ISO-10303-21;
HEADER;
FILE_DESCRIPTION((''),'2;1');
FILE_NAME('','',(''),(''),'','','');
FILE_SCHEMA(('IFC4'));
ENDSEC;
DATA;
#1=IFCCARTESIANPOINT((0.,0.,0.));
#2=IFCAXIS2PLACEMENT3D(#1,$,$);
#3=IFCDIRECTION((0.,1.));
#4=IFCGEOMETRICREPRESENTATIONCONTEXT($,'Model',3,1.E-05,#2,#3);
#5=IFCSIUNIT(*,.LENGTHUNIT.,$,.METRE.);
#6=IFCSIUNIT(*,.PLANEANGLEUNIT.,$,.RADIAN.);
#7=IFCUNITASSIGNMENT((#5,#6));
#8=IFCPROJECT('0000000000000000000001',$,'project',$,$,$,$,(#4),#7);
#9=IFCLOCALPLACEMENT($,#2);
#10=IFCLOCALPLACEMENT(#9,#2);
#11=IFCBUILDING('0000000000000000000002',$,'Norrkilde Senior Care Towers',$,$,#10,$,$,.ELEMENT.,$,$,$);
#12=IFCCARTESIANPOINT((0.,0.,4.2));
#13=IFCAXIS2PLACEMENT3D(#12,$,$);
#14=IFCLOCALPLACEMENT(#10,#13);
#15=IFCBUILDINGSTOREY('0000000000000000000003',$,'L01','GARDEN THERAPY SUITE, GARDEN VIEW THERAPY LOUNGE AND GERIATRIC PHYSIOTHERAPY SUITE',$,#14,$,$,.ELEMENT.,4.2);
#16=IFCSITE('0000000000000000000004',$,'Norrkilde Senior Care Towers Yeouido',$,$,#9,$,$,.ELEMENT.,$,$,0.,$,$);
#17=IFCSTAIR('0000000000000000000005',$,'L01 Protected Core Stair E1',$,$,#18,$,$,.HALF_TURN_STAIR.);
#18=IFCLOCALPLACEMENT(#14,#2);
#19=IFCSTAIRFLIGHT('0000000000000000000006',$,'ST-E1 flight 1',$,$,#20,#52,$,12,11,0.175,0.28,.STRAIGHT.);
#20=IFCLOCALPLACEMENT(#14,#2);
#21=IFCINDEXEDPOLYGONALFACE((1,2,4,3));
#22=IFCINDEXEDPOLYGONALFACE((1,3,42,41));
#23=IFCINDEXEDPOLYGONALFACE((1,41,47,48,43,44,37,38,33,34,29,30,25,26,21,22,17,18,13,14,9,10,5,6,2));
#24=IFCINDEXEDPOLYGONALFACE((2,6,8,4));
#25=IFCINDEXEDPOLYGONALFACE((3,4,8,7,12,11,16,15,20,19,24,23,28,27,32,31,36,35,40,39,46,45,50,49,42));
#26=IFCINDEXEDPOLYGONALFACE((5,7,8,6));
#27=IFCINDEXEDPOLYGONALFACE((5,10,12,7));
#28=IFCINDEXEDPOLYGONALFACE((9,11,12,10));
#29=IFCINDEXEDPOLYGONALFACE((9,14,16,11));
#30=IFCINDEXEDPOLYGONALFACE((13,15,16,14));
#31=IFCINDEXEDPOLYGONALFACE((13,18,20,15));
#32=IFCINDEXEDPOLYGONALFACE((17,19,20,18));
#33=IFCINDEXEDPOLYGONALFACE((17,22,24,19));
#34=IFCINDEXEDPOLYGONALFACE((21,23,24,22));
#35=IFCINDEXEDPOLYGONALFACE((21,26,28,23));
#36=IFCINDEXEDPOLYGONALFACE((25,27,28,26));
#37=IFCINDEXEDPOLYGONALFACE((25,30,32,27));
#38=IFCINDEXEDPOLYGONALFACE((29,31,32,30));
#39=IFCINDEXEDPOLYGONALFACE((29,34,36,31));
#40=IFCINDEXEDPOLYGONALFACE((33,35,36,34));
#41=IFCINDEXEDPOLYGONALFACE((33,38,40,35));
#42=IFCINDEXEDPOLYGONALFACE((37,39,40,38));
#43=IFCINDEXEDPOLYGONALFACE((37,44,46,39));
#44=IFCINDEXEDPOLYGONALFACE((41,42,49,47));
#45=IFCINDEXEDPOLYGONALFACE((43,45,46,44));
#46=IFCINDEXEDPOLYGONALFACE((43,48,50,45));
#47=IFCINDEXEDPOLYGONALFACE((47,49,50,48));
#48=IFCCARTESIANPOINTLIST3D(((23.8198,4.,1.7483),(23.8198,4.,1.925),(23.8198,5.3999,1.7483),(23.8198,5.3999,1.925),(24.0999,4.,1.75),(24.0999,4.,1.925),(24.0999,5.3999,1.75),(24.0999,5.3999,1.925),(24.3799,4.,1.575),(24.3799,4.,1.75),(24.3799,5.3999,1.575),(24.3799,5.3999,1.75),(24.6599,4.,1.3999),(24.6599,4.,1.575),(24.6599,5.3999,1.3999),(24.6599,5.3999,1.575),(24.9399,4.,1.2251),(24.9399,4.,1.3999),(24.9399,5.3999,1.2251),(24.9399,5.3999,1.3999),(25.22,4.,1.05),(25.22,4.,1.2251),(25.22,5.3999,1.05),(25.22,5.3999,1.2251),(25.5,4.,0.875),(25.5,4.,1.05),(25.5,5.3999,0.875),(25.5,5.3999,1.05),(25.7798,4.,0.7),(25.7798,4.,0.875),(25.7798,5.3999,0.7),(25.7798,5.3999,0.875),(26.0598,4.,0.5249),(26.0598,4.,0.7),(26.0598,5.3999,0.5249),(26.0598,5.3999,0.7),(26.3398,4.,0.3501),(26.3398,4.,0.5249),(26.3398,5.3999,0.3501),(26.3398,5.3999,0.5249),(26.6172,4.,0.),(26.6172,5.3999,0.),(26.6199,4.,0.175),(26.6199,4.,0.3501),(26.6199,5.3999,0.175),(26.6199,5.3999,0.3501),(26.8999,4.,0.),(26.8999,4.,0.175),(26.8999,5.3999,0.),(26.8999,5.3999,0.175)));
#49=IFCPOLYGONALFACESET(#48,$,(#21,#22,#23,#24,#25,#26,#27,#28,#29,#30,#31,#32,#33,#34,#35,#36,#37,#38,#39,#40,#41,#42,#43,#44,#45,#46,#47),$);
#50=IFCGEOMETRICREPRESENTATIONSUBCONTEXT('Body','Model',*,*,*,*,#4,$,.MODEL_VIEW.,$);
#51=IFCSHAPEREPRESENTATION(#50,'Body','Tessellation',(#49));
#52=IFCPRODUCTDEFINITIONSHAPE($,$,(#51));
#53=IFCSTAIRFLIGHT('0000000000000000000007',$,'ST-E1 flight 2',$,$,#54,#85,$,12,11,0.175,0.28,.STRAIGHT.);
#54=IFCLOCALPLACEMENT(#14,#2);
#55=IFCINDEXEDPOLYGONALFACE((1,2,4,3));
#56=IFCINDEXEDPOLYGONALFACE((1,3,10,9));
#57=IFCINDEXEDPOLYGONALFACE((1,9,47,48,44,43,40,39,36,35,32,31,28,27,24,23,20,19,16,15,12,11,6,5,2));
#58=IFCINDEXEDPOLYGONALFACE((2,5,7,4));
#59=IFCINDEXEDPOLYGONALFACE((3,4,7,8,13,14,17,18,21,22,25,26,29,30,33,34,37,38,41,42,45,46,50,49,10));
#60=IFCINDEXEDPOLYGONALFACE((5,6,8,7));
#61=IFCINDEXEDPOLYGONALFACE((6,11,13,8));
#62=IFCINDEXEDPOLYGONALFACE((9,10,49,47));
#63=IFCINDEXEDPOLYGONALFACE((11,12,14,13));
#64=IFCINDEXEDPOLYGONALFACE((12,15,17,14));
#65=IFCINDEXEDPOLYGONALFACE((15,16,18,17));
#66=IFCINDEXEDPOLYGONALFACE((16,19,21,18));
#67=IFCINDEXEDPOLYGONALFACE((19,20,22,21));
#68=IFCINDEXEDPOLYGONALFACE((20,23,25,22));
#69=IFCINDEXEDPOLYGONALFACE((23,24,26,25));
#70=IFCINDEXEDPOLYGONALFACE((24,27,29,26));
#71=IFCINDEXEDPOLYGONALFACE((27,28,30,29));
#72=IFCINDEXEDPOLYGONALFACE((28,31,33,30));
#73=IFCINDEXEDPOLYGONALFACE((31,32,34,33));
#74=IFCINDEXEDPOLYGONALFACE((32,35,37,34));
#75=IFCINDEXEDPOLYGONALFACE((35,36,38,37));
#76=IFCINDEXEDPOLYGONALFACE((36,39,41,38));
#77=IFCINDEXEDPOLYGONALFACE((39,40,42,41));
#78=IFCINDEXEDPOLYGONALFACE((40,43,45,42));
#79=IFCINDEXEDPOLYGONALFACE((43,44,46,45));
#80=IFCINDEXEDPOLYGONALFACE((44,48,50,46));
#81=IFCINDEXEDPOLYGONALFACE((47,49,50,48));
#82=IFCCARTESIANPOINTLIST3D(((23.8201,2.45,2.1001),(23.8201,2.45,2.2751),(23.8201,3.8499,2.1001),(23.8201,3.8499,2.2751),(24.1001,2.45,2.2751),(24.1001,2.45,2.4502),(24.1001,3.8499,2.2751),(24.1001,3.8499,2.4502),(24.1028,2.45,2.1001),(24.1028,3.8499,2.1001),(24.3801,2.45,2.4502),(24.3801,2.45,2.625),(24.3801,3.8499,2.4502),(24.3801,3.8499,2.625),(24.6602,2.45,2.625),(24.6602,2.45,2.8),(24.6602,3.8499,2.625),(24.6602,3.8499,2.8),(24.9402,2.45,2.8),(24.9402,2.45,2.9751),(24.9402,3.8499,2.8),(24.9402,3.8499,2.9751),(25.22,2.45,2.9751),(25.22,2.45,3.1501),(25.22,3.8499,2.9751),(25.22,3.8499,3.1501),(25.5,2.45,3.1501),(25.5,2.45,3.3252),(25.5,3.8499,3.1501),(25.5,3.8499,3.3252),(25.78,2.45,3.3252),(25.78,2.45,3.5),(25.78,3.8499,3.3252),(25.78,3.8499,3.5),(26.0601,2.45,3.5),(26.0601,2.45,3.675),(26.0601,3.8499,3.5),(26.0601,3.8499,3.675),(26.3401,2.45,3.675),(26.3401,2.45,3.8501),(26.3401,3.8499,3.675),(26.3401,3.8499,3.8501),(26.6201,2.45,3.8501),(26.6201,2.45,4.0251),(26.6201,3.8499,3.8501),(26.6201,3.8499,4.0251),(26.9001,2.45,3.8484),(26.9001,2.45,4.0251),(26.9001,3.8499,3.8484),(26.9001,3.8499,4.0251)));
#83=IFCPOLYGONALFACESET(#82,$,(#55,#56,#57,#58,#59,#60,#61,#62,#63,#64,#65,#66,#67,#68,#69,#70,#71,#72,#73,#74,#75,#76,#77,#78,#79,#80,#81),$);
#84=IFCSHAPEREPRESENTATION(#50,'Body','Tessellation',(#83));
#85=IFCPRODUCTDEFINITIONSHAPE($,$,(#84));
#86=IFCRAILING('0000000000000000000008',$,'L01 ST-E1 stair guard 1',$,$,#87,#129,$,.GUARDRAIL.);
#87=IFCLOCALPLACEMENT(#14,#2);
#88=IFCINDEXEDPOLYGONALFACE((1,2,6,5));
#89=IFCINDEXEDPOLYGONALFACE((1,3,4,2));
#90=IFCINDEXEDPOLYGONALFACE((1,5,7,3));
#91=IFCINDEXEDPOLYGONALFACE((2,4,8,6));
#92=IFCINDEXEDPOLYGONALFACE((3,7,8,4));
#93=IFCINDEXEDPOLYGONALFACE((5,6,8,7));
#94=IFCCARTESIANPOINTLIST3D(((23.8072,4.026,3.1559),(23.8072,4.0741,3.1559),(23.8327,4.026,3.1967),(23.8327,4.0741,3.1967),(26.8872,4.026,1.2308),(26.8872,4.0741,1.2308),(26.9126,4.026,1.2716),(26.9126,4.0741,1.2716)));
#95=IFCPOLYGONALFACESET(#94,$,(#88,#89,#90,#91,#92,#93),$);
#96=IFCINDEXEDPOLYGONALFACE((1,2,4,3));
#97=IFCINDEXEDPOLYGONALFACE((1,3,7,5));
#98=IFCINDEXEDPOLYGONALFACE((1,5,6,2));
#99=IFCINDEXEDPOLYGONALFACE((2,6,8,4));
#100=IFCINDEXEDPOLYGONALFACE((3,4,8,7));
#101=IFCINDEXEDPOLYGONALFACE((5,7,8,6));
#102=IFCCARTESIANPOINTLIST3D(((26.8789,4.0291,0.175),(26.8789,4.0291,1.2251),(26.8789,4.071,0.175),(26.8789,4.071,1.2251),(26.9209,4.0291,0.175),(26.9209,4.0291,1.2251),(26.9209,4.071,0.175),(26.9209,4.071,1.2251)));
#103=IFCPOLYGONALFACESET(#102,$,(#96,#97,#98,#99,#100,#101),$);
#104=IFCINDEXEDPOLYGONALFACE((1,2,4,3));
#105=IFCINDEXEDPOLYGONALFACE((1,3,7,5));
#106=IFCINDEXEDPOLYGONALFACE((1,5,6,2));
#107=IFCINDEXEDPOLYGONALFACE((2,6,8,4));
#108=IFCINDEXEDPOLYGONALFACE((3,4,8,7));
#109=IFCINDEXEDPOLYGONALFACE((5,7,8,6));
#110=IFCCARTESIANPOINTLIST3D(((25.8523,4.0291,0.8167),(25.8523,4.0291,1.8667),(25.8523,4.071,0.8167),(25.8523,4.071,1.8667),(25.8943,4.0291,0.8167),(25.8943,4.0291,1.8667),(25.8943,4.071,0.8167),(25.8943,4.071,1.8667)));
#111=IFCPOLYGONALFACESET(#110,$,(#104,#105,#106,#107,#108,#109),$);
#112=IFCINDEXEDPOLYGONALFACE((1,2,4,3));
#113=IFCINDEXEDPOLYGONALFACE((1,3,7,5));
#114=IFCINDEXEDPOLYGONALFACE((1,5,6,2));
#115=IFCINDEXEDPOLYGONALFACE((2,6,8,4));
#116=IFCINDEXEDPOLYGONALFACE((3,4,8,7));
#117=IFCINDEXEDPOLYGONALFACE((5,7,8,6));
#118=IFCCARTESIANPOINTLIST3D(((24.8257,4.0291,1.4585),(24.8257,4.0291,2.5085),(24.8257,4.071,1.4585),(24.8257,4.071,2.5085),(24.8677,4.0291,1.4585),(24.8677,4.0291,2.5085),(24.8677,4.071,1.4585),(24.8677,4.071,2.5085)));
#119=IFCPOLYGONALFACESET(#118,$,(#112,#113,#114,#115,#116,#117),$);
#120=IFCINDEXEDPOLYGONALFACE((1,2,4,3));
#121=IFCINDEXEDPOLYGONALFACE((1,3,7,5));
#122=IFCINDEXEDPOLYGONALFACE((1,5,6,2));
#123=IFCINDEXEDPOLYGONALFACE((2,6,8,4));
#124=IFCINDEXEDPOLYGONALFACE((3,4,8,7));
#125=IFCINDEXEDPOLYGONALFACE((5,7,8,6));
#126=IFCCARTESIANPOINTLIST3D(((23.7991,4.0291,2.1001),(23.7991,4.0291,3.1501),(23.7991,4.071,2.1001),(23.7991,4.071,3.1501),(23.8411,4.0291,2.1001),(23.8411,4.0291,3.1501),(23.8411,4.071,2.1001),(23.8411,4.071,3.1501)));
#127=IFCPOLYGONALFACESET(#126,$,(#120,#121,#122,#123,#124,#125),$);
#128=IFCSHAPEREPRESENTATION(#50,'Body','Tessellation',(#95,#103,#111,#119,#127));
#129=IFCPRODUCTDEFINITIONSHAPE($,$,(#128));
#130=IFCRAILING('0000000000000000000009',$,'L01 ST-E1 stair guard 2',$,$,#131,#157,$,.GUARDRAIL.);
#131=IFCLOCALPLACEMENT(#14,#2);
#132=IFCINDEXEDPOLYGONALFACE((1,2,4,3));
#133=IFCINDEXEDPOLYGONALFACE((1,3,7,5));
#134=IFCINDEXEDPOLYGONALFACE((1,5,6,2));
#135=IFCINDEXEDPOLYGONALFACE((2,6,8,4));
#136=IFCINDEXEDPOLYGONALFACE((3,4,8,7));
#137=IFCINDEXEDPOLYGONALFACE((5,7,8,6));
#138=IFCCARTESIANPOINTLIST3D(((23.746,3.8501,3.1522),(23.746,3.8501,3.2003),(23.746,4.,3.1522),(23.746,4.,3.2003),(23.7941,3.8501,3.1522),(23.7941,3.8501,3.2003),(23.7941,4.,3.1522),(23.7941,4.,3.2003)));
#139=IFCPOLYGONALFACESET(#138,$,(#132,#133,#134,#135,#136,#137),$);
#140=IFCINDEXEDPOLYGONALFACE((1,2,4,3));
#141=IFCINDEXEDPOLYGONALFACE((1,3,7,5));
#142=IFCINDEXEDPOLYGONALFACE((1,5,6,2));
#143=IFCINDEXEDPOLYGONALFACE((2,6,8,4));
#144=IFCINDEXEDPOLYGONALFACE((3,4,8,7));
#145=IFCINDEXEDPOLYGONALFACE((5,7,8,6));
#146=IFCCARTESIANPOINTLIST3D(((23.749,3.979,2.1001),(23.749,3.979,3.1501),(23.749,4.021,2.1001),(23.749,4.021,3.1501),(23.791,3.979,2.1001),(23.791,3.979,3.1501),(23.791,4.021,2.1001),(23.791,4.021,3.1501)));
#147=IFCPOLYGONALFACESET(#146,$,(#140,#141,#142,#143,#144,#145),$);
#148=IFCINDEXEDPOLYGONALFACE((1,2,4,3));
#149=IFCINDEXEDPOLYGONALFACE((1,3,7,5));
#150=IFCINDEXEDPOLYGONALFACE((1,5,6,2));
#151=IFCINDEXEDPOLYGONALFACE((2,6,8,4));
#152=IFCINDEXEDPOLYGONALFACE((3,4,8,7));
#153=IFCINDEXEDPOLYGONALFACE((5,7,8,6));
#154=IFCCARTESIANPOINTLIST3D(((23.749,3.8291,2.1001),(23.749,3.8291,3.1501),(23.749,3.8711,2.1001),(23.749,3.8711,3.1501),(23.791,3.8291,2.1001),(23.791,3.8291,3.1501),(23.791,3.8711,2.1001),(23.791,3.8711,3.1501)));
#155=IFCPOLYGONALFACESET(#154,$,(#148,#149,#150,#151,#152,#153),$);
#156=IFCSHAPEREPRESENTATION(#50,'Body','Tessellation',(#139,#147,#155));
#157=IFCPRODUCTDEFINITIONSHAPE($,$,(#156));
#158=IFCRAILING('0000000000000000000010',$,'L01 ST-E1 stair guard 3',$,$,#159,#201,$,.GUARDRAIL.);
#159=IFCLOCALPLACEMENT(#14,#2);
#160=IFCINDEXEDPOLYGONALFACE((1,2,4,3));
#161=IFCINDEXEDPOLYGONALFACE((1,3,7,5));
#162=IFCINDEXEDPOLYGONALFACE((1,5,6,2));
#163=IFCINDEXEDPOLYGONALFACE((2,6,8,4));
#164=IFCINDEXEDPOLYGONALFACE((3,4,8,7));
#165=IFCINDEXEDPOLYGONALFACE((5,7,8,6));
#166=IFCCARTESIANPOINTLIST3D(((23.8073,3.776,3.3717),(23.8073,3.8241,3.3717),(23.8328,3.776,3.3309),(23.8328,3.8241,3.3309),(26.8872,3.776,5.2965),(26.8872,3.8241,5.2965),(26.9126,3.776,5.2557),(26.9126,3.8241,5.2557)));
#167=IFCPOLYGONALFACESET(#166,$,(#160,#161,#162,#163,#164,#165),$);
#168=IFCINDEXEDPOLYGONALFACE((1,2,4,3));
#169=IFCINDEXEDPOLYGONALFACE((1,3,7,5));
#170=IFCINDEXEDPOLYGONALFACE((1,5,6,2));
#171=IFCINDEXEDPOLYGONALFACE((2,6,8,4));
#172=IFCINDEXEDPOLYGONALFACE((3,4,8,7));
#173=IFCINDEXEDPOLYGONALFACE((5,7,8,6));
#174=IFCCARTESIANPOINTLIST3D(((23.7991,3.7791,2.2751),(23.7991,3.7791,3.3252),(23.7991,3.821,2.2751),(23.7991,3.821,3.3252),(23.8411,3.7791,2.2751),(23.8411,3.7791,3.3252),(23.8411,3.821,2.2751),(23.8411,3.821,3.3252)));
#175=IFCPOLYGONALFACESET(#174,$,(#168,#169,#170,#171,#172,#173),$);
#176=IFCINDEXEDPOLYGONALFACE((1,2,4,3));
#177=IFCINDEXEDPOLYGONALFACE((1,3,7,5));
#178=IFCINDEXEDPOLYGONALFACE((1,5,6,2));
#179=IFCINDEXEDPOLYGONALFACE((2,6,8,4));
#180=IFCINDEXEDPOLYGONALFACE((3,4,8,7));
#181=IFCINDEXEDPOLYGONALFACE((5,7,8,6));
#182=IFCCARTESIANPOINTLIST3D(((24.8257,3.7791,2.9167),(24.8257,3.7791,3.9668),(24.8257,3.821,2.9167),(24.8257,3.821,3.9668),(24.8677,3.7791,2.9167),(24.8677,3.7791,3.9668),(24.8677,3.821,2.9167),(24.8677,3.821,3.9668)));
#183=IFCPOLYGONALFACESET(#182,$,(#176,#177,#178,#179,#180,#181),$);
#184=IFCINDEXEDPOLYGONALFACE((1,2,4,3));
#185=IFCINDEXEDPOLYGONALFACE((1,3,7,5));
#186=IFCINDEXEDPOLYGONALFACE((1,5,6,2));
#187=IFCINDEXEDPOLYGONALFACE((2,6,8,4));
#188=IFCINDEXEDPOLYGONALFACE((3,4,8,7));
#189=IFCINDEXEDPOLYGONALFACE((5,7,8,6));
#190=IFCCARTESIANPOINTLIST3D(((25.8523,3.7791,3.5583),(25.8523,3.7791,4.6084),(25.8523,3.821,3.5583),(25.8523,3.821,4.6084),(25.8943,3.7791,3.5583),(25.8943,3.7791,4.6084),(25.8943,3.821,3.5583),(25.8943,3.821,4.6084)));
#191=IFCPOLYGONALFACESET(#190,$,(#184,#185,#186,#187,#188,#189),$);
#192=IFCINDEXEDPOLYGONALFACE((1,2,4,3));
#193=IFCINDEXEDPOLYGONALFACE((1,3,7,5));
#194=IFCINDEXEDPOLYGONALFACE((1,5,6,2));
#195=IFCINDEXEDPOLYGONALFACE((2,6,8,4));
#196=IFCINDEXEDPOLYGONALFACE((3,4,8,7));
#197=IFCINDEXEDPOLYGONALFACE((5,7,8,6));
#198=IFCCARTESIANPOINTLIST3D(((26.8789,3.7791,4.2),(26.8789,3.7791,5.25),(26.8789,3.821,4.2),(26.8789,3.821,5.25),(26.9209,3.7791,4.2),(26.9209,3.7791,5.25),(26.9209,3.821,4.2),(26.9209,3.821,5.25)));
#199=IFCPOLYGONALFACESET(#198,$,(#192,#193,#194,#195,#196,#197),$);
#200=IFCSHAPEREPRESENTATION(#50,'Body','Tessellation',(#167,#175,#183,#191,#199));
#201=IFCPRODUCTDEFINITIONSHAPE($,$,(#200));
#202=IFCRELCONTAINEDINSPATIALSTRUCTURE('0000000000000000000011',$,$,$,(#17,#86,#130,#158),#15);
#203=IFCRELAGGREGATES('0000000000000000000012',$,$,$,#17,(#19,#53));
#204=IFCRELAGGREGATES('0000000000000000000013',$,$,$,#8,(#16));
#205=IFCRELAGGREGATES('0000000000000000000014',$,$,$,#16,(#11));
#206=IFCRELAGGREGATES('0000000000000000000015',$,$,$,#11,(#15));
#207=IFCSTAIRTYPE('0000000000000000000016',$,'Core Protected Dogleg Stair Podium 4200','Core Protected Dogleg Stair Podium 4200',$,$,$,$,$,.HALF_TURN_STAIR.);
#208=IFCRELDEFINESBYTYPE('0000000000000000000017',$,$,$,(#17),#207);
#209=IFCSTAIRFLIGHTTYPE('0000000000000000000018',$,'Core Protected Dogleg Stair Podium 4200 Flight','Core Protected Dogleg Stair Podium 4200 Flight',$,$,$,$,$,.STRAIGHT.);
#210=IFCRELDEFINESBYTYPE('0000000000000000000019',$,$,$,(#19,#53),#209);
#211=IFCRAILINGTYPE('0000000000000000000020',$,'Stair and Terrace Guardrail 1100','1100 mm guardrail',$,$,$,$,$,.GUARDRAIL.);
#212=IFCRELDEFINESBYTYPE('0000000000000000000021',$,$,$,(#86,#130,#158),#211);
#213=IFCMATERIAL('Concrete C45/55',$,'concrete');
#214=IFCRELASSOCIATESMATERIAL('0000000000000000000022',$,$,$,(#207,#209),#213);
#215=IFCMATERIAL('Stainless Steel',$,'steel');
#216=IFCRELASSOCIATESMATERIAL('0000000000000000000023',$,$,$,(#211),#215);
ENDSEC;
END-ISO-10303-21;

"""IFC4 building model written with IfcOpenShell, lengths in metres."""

from ifc_helpers import new_model, si_unit, direction, frame, origin, origin_2d, place, context, subcontext, project, spatial, polyline, rectangle, outline, extrude, material, type_object, element, aggregate, save


model = new_model("IFC4")

# Units and contexts
model_context = context("Model", 3, precision=1e-05, world=origin(), true_north=direction((0.0, 1.0)))
body_context = subcontext(model_context, "Body", "Model", "MODEL_VIEW")
ifc_project = project(units=[si_unit("LENGTHUNIT", "METRE"), si_unit("PLANEANGLEUNIT", "RADIAN")], contexts=[model_context])

# Site, building, storey
site_placement = place(None, origin())
site = spatial("IfcSite", under=ifc_project, at=site_placement, Name="Norrkilde Senior Care Towers Yeouido", CompositionType="ELEMENT", RefElevation=0.0)
building_placement = place(site_placement, origin())
building = spatial("IfcBuilding", under=site, at=building_placement, Name="Norrkilde Senior Care Towers", CompositionType="ELEMENT")
storey_placement = place(building_placement, frame((0.0, 0.0, 4.2)))
storey = spatial("IfcBuildingStorey", under=building, at=storey_placement, Name="L01", Description="GARDEN THERAPY SUITE, GARDEN VIEW THERAPY LOUNGE AND GERIATRIC PHYSIOTHERAPY SUITE", CompositionType="ELEMENT", Elevation=4.2)

# Shared definitions
ifc_material_1 = material(Name="Concrete C45/55", Category="concrete")
ifc_material_2 = material(Name="Stainless Steel", Category="steel")

# Stair, stair flights
stair_type = type_object("IfcStairType", Name="Core Protected Dogleg Stair Podium 4200", Description="Core Protected Dogleg Stair Podium 4200", PredefinedType="HALF_TURN_STAIR", material=ifc_material_1)
stair_placement = place(storey_placement, origin())
stair = element("IfcStair", 1, at=stair_placement, inside=storey, type_object=stair_type, Name="L01 Protected Core Stair E1", PredefinedType="HALF_TURN_STAIR")
stair_flight_type = type_object("IfcStairFlightType", Name="Core Protected Dogleg Stair Podium 4200 Flight", Description="Core Protected Dogleg Stair Podium 4200 Flight", PredefinedType="STRAIGHT", material=ifc_material_1)
stair_flight_1_placement = place(storey_placement, frame((26.8999, 4.7, 0.0), z_axis=(0.0, 0.0, 1.0), x_axis=(-1.0, 0.0, 0.0)))
stair_flight_1 = element("IfcStairFlight", 2, at=stair_flight_1_placement, type_object=stair_flight_type, Name="ST-E1 flight 1", NumberOfRisers=12, NumberOfTreads=11, PredefinedType="STRAIGHT", RiserHeight=0.175, TreadLength=0.28, context=body_context, shape_type="SweptSolid", body=[
    extrude(outline(polyline([(0.0, 0.0), (0.0, 0.175), (0.28, 0.175), (0.28, 0.3501), (0.5601, 0.3501), (0.5601, 0.5249), (0.8401, 0.5249), (0.8401, 0.7), (1.1201, 0.7), (1.1201, 0.875), (1.3999, 0.875), (1.3999, 1.05), (1.6799, 1.05), (1.6799, 1.2251), (1.96, 1.2251), (1.96, 1.3999), (2.24, 1.3999), (2.24, 1.575), (2.52, 1.575), (2.52, 1.75), (2.8, 1.75), (2.8, 1.925), (3.0801, 1.925), (3.0801, 2.1001), (3.0801, 1.7483), (0.2827, 0.0), (0.0, 0.0)])), frame((0.0, 0.7, 0.0), z_axis=(0.0, -1.0, 0.0), x_axis=(1.0, 0.0, 0.0)), (0.0, 0.0, 1.0), 1.3999),
])
stair_flight_2_placement = place(storey_placement, frame((23.8201, 3.1499, 2.1001), z_axis=(0.0, 0.0, 1.0), x_axis=(1.0, 0.0, 0.0)))
stair_flight_2 = element("IfcStairFlight", 3, at=stair_flight_2_placement, type_object=stair_flight_type, Name="ST-E1 flight 2", NumberOfRisers=12, NumberOfTreads=11, PredefinedType="STRAIGHT", RiserHeight=0.175, TreadLength=0.28, context=body_context, shape_type="SweptSolid", body=[
    extrude(outline(polyline([(0.0, 0.0), (0.0, 0.175), (0.28, 0.175), (0.28, 0.3501), (0.5601, 0.3501), (0.5601, 0.5249), (0.8401, 0.5249), (0.8401, 0.7), (1.1201, 0.7), (1.1201, 0.875), (1.3999, 0.875), (1.3999, 1.05), (1.6799, 1.05), (1.6799, 1.2251), (1.96, 1.2251), (1.96, 1.3999), (2.24, 1.3999), (2.24, 1.575), (2.52, 1.575), (2.52, 1.75), (2.8, 1.75), (2.8, 1.925), (3.0801, 1.925), (3.0801, 2.1001), (3.0801, 1.7483), (0.2827, 0.0), (0.0, 0.0)])), frame((0.0, 0.7, 0.0), z_axis=(0.0, -1.0, 0.0), x_axis=(1.0, 0.0, 0.0)), (0.0, 0.0, 1.0), 1.3999),
])
aggregate(stair, [stair_flight_1, stair_flight_2])

# Railings
railing_type_1 = type_object("IfcRailingType", Name="Stair and Terrace Guardrail 1100", Description="1100 mm guardrail", PredefinedType="GUARDRAIL", material=ifc_material_2)
railing_1_placement = place(storey_placement, frame((26.8999, 4.05, 0.175)))
element("IfcRailing", 4, at=railing_1_placement, inside=storey, type_object=railing_type_1, Name="L01 ST-E1 stair guard 1", PredefinedType="GUARDRAIL", context=body_context, shape_type="SweptSolid", body=[
    extrude(rectangle(XDim=0.0481, YDim=0.0481, at=origin_2d()), frame((0.0, 0.0, 1.0762), z_axis=(-0.847979, 0.0, 0.530029), x_axis=(0.0, -1.0, 0.0)), (0.0, 0.0, 1.0), 3.6321),
    extrude(rectangle(XDim=0.042, YDim=0.042, at=origin_2d()), origin(), (0.0, 0.0, 1.0), 1.05),
    extrude(rectangle(XDim=0.042, YDim=0.042, at=origin_2d()), frame((-1.0266, 0.0, 0.6416)), (0.0, 0.0, 1.0), 1.05),
    extrude(rectangle(XDim=0.042, YDim=0.042, at=origin_2d()), frame((-2.0532, 0.0, 1.2834)), (0.0, 0.0, 1.0), 1.05),
    extrude(rectangle(XDim=0.042, YDim=0.042, at=origin_2d()), frame((-3.0798, 0.0, 1.925)), (0.0, 0.0, 1.0), 1.05),
])
railing_2_placement = place(storey_placement, frame((23.77, 4.0, 2.1001)))
element("IfcRailing", 5, at=railing_2_placement, inside=storey, type_object=railing_type_1, Name="L01 ST-E1 stair guard 2", PredefinedType="GUARDRAIL", context=body_context, shape_type="SweptSolid", body=[
    extrude(rectangle(XDim=0.0481, YDim=0.0481, at=origin_2d()), frame((0.0, 0.0, 1.0762), z_axis=(0.0, -1.0, 0.0), x_axis=(1.0, 0.0, 0.0)), (0.0, 0.0, 1.0), 0.1499),
    extrude(rectangle(XDim=0.042, YDim=0.042, at=origin_2d()), origin(), (0.0, 0.0, 1.0), 1.05),
    extrude(rectangle(XDim=0.042, YDim=0.042, at=origin_2d()), frame((0.0, -0.1499, 0.0)), (0.0, 0.0, 1.0), 1.05),
])
railing_3_placement = place(storey_placement, frame((23.8201, 3.8, 2.2751)))
element("IfcRailing", 6, at=railing_3_placement, inside=storey, type_object=railing_type_1, Name="L01 ST-E1 stair guard 3", PredefinedType="GUARDRAIL", context=body_context, shape_type="SweptSolid", body=[
    extrude(rectangle(XDim=0.0481, YDim=0.0481, at=origin_2d()), frame((0.0, 0.0, 1.0762), z_axis=(0.84801, 0.0, 0.529981), x_axis=(0.0, 1.0, 0.0)), (0.0, 0.0, 1.0), 3.6318),
    extrude(rectangle(XDim=0.042, YDim=0.042, at=origin_2d()), origin(), (0.0, 0.0, 1.0), 1.05),
    extrude(rectangle(XDim=0.042, YDim=0.042, at=origin_2d()), frame((1.0266, 0.0, 0.6416)), (0.0, 0.0, 1.0), 1.05),
    extrude(rectangle(XDim=0.042, YDim=0.042, at=origin_2d()), frame((2.0532, 0.0, 1.2832)), (0.0, 0.0, 1.0), 1.05),
    extrude(rectangle(XDim=0.042, YDim=0.042, at=origin_2d()), frame((3.0798, 0.0, 1.9248)), (0.0, 0.0, 1.0), 1.05),
])

save(model, "model.ifc")
